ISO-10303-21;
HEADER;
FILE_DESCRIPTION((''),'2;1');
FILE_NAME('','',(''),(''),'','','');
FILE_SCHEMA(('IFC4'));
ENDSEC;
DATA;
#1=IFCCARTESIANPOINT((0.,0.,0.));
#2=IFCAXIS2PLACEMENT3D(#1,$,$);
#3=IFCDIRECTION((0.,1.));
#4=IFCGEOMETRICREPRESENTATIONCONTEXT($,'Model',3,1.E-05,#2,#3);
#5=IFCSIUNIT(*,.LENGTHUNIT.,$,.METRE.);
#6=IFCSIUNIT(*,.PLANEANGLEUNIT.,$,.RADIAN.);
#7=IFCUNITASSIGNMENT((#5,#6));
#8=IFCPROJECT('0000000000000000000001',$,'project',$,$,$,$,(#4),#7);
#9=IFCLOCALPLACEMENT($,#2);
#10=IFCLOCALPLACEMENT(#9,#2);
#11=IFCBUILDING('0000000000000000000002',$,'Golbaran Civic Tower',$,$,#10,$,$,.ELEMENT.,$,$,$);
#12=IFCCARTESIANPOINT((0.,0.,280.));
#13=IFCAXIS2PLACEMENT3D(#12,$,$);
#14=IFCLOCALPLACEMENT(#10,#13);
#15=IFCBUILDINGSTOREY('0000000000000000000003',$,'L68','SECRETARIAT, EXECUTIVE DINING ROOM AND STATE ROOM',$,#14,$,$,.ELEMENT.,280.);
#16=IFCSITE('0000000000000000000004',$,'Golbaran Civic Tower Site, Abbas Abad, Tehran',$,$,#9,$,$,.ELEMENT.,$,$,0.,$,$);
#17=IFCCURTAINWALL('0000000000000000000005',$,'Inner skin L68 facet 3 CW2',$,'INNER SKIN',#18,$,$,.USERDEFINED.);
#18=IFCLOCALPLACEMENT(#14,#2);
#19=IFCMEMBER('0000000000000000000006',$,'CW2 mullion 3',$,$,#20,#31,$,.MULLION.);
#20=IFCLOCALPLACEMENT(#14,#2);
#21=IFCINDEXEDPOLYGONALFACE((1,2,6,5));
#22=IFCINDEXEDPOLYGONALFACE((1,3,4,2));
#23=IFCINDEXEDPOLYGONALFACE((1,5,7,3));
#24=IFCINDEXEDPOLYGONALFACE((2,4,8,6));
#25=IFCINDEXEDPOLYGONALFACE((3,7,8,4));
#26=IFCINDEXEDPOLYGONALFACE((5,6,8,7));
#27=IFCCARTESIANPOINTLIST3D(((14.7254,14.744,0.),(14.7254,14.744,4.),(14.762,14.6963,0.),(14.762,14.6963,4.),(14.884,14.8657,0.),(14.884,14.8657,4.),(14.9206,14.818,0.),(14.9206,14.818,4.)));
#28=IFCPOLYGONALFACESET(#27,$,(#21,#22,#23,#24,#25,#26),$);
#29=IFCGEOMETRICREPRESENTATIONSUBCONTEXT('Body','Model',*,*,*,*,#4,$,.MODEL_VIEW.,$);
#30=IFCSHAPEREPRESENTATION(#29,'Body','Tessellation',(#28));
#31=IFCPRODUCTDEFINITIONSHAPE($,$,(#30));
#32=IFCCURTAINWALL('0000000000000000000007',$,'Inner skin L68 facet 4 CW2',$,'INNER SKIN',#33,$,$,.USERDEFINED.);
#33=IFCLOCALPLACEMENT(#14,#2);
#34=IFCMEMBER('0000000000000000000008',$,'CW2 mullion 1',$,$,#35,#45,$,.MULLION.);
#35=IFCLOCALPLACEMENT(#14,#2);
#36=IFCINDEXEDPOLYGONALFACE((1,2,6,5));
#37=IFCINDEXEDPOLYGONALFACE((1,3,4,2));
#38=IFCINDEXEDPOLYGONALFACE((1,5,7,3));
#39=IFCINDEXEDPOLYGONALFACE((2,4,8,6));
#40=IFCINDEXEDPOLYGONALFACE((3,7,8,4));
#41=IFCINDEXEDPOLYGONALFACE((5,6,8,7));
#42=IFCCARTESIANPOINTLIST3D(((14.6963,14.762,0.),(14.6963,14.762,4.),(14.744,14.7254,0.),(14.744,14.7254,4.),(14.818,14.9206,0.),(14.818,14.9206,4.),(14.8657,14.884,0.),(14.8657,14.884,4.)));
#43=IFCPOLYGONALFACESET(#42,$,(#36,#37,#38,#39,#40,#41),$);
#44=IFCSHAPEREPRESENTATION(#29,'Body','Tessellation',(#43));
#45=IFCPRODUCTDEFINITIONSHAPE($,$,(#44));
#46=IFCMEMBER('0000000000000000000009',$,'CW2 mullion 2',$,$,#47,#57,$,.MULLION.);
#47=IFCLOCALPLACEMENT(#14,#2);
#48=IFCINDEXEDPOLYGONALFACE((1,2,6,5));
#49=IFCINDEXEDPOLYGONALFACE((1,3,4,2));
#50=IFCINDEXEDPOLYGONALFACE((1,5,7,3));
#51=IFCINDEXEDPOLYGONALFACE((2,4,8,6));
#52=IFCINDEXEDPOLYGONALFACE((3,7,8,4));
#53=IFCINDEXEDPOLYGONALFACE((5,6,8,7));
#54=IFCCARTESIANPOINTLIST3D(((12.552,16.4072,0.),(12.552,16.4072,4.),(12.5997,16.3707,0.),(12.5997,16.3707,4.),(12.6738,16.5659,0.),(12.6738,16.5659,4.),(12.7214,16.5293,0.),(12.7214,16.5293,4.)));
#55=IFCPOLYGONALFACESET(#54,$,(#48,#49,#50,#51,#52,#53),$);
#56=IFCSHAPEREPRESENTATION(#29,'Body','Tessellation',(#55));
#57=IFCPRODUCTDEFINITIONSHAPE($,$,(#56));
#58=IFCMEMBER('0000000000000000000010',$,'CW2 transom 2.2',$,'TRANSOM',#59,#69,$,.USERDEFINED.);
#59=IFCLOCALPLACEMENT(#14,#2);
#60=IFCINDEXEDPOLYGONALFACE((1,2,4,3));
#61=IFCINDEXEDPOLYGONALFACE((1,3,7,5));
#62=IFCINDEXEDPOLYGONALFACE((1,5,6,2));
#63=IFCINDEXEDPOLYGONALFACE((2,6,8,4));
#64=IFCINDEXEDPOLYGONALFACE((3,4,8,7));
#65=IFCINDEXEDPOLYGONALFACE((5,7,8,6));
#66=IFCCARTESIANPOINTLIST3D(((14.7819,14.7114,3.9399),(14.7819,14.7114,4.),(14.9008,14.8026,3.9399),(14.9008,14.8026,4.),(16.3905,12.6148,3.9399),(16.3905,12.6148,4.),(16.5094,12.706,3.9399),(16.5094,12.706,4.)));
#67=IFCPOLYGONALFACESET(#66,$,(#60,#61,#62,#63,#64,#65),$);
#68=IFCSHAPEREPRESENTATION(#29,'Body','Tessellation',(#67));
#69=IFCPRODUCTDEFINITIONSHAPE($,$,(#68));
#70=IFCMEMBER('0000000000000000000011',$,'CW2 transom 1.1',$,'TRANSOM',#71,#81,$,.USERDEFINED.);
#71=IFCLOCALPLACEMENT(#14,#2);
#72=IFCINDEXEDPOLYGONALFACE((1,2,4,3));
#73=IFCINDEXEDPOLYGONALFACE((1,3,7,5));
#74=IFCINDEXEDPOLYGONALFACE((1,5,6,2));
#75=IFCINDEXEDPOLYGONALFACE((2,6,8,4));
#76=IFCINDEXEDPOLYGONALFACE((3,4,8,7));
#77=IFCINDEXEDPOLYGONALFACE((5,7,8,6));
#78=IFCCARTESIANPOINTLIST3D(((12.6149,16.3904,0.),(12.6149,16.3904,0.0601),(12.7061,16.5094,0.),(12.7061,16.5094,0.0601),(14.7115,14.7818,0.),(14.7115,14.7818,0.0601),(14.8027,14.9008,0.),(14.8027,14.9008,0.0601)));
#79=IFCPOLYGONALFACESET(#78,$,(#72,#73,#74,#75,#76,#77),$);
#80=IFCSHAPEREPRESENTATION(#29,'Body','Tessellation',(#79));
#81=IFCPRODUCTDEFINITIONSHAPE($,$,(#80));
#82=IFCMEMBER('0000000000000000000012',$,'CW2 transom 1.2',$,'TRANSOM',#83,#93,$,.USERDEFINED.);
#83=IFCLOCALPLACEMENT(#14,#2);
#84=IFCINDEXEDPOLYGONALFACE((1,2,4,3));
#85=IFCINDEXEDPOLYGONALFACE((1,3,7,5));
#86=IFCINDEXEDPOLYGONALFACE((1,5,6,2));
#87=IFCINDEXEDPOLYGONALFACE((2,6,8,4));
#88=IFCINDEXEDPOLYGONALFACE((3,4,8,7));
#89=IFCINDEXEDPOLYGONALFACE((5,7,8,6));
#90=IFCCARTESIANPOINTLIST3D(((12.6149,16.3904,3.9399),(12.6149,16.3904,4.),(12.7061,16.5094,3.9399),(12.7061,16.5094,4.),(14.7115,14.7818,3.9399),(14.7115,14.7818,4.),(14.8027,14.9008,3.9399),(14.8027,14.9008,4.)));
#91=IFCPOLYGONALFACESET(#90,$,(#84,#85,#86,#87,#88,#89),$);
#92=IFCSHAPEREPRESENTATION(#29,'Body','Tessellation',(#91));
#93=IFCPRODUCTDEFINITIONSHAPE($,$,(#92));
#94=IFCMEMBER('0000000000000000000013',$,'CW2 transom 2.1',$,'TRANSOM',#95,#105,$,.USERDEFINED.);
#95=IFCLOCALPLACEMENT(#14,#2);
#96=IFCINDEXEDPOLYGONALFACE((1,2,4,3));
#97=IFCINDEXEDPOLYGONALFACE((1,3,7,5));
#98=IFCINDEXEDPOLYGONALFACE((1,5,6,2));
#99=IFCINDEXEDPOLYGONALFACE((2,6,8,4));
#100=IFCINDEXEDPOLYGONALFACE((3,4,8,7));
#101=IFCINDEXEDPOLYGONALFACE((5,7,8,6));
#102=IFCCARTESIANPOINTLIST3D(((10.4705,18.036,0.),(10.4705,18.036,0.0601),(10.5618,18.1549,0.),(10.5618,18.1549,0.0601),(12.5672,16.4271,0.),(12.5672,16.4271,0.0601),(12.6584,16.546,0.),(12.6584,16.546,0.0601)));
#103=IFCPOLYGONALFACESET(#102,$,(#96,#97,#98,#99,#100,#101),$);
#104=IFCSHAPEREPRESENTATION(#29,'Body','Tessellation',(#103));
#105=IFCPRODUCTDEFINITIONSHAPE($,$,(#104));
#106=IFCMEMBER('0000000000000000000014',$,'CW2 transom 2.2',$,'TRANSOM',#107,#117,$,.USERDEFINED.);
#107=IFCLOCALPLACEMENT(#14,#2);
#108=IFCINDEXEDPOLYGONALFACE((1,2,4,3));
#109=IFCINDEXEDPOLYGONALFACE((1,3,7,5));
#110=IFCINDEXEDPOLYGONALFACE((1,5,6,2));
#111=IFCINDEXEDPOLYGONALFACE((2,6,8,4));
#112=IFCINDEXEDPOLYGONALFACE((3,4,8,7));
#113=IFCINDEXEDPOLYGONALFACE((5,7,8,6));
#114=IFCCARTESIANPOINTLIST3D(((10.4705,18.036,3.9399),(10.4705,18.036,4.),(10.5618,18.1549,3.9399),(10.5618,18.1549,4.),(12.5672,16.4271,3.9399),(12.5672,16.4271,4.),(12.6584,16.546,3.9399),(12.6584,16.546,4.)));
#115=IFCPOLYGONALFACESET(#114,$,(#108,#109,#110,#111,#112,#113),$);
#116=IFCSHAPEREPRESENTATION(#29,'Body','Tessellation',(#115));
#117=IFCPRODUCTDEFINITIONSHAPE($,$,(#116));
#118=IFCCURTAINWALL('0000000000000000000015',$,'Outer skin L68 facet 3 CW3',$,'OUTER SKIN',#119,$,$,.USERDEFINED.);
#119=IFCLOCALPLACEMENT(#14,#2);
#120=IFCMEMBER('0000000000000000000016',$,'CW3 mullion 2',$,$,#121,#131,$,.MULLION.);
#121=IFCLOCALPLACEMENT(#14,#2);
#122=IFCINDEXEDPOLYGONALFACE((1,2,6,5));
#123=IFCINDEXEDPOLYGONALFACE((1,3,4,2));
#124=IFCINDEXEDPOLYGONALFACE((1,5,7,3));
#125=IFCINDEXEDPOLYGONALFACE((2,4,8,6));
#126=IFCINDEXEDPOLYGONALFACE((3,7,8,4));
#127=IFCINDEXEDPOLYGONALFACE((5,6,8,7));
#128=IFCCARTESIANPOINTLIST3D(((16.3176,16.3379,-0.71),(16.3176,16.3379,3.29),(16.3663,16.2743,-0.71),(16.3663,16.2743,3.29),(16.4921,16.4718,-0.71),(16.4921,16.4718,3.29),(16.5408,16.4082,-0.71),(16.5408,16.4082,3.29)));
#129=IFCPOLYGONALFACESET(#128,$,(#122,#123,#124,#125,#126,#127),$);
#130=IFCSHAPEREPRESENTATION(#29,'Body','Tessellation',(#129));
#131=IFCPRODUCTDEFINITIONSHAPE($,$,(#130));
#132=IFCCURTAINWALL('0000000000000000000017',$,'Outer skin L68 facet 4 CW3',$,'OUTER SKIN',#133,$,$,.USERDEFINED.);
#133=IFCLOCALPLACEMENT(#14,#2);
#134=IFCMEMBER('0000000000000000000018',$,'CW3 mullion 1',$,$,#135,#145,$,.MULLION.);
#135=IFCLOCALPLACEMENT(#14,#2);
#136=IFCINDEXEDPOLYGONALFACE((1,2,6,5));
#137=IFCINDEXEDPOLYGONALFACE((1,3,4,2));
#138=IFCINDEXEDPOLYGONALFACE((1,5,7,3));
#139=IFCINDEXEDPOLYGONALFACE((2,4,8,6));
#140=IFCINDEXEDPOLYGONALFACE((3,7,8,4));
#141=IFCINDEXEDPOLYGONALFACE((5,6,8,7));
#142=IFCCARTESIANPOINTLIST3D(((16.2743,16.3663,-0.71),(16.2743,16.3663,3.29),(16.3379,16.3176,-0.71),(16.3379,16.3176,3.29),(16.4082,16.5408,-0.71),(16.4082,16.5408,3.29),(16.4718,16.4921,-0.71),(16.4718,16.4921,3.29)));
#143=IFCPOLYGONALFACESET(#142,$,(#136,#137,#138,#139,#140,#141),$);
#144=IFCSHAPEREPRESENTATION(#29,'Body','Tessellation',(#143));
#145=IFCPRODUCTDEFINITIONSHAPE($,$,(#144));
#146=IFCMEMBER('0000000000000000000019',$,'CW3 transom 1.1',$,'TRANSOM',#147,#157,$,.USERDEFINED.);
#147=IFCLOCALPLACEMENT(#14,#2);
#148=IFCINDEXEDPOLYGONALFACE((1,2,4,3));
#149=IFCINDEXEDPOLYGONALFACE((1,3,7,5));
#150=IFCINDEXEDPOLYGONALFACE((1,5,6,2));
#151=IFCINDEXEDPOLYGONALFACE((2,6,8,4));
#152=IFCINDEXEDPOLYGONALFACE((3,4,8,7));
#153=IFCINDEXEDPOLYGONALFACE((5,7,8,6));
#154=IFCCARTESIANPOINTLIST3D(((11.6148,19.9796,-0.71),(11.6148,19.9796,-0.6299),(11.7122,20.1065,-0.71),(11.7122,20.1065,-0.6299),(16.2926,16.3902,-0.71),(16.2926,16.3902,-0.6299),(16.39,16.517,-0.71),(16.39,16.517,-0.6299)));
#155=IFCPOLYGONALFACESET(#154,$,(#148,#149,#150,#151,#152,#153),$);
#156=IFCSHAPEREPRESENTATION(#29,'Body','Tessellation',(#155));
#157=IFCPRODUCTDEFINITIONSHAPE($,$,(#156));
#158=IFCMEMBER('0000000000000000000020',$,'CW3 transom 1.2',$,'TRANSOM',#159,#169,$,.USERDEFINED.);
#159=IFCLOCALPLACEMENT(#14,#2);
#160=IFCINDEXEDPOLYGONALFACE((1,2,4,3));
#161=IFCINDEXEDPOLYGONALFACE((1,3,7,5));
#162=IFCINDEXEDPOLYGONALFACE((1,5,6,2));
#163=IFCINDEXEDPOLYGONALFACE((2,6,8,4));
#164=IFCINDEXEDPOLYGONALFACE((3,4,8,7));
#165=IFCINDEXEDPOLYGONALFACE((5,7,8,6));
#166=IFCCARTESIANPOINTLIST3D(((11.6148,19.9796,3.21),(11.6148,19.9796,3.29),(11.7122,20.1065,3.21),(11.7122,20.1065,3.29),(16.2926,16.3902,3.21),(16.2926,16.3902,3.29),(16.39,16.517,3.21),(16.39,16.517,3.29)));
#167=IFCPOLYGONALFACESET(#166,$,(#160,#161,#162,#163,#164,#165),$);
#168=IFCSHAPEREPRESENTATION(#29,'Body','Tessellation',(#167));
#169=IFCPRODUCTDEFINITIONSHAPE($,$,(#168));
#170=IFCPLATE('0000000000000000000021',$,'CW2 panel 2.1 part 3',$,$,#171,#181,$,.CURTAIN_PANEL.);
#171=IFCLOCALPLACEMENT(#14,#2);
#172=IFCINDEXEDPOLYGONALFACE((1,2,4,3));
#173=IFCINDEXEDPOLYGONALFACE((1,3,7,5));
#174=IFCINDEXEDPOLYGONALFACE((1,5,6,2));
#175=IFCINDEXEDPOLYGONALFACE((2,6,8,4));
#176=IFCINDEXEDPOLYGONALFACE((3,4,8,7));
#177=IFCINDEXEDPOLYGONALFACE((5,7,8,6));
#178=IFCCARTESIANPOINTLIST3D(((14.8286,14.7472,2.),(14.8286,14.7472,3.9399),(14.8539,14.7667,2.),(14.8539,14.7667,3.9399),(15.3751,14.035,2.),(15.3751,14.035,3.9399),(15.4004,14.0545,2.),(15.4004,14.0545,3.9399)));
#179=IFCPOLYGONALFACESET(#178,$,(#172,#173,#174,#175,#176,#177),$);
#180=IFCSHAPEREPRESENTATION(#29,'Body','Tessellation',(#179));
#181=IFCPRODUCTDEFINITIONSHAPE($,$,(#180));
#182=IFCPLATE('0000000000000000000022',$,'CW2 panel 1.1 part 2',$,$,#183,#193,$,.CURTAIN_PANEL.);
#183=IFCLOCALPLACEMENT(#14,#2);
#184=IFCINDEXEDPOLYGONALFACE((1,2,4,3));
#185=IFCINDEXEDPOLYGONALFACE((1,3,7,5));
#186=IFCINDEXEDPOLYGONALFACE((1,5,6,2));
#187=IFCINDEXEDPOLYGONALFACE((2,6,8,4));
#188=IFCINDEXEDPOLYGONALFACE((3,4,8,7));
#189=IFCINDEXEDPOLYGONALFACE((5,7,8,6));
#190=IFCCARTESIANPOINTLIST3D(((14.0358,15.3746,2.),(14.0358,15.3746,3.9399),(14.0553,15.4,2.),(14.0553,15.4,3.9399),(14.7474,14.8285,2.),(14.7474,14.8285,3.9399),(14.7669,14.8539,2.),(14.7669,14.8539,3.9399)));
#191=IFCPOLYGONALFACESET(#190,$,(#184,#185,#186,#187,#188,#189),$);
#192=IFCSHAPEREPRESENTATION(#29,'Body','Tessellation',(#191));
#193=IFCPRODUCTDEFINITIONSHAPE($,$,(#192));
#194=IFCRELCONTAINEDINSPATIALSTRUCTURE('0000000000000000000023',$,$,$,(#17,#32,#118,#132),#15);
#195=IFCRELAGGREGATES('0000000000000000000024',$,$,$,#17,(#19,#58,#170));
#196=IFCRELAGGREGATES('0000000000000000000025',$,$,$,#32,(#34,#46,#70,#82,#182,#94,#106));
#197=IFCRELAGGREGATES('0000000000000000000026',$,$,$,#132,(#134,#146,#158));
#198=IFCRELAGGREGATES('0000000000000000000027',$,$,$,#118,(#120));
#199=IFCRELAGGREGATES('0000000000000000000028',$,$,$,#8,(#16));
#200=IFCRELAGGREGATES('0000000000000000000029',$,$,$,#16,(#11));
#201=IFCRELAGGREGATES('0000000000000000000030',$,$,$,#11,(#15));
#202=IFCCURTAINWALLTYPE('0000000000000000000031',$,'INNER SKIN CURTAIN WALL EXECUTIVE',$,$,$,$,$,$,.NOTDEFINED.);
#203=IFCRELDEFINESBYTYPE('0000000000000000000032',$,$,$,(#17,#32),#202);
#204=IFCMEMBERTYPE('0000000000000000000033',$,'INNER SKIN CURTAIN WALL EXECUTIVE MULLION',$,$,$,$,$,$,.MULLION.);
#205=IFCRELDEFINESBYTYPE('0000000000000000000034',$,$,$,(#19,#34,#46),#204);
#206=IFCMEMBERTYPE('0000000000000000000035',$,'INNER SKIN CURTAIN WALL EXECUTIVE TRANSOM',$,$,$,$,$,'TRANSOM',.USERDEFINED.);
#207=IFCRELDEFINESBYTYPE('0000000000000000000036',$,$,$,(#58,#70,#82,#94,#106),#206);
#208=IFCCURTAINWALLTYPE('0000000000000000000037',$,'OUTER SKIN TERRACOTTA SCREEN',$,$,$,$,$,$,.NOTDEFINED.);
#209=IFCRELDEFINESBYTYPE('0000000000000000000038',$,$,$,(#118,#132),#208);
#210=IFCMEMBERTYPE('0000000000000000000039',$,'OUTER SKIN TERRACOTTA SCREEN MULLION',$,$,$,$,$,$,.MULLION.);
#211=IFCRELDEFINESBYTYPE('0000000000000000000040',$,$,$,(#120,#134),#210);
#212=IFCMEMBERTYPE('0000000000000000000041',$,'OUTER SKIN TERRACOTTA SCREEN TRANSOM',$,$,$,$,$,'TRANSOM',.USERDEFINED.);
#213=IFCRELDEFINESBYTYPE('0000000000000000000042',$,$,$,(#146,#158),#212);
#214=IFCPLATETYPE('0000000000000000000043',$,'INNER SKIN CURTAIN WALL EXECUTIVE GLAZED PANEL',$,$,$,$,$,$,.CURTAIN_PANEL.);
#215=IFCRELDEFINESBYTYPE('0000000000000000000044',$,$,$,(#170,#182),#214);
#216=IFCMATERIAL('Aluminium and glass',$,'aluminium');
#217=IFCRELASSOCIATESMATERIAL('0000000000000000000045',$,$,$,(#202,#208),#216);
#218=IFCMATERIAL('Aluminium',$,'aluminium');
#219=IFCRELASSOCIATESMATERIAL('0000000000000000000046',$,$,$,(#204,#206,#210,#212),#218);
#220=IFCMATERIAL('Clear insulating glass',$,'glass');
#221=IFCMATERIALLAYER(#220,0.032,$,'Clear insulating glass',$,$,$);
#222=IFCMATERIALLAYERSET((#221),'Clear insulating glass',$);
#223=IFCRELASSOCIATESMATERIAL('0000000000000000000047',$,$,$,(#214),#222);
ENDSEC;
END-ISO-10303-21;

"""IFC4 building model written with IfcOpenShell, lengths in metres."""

from ifc_helpers import new_model, si_unit, direction, frame, origin, origin_2d, place, context, subcontext, project, spatial, rectangle, extrude, material, layer, layer_set, material_profile, profile_set, type_object, element, aggregate, save


model = new_model("IFC4")

# Units and contexts
model_context = context("Model", 3, precision=1e-05, world=origin(), true_north=direction((0.0, 1.0)))
body_context = subcontext(model_context, "Body", "Model", "MODEL_VIEW")
ifc_project = project(units=[si_unit("LENGTHUNIT", "METRE"), si_unit("PLANEANGLEUNIT", "RADIAN")], contexts=[model_context])

# Site, building, storey
site_placement = place(None, origin())
site = spatial("IfcSite", under=ifc_project, at=site_placement, Name="Golbaran Civic Tower Site, Abbas Abad, Tehran", CompositionType="ELEMENT", RefElevation=0.0)
building_placement = place(site_placement, origin())
building = spatial("IfcBuilding", under=site, at=building_placement, Name="Golbaran Civic Tower", CompositionType="ELEMENT")
storey_placement = place(building_placement, frame((0.0, 0.0, 280.0)))
storey = spatial("IfcBuildingStorey", under=building, at=storey_placement, Name="L68", Description="SECRETARIAT, EXECUTIVE DINING ROOM AND STATE ROOM", CompositionType="ELEMENT", Elevation=280.0)

# Curtain wall, member
ifc_material_1 = material(Name="Aluminium and glass", Category="aluminium")
curtain_wall_type_1 = type_object("IfcCurtainWallType", Name="INNER SKIN CURTAIN WALL EXECUTIVE", PredefinedType="NOTDEFINED", material=ifc_material_1)
curtain_wall_1_placement = place(storey_placement, origin())
curtain_wall_1 = element("IfcCurtainWall", 1, at=curtain_wall_1_placement, inside=storey, type_object=curtain_wall_type_1, Name="Inner skin L68 facet 3 CW2", ObjectType="INNER SKIN", PredefinedType="USERDEFINED")
ifc_material_2 = material(Name="Aluminium", Category="aluminium")
ifc_material_profile_1 = material_profile(ifc_material_2, rectangle(XDim=0.2, YDim=0.0601, at=origin_2d()), Name="INNER SKIN CURTAIN WALL EXECUTIVE MULLION")
ifc_profile_set_1 = profile_set([ifc_material_profile_1], Name="Aluminium")
member_type_1 = type_object("IfcMemberType", Name="INNER SKIN CURTAIN WALL EXECUTIVE MULLION", PredefinedType="MULLION", material=ifc_profile_set_1)
member_1_placement = place(storey_placement, frame((14.823, 14.781, 0.0), z_axis=(0.0, 0.0, 1.0), x_axis=(-0.793353, -0.608761, 0.0)))
member_1 = element("IfcMember", 2, at=member_1_placement, type_object=member_type_1, Name="CW2 mullion 3", PredefinedType="MULLION", context=body_context, shape_type="SweptSolid", body=[
    extrude(rectangle(XDim=0.2, YDim=0.0601, at=origin_2d()), origin(), (0.0, 0.0, 1.0), 4.0),
])

# Curtain wall, members
curtain_wall_2_placement = place(storey_placement, origin())
curtain_wall_2 = element("IfcCurtainWall", 3, at=curtain_wall_2_placement, inside=storey, type_object=curtain_wall_type_1, Name="Inner skin L68 facet 4 CW2", ObjectType="INNER SKIN", PredefinedType="USERDEFINED")
member_2_placement = place(storey_placement, frame((14.781, 14.823, 0.0), z_axis=(0.0, 0.0, 1.0), x_axis=(-0.608761, -0.793353, 0.0)))
member_2 = element("IfcMember", 4, at=member_2_placement, type_object=member_type_1, Name="CW2 mullion 1", PredefinedType="MULLION", context=body_context, shape_type="SweptSolid", body=[
    extrude(rectangle(XDim=0.2, YDim=0.0601, at=origin_2d()), origin(), (0.0, 0.0, 1.0), 4.0),
])
member_3_placement = place(storey_placement, frame((12.6367, 16.4683, 0.0), z_axis=(0.0, 0.0, 1.0), x_axis=(-0.608761, -0.793353, 0.0)))
member_3 = element("IfcMember", 5, at=member_3_placement, type_object=member_type_1, Name="CW2 mullion 2", PredefinedType="MULLION", context=body_context, shape_type="SweptSolid", body=[
    extrude(rectangle(XDim=0.2, YDim=0.0601, at=origin_2d()), origin(), (0.0, 0.0, 1.0), 4.0),
])

# Members
ifc_material_profile_2 = material_profile(ifc_material_2, rectangle(XDim=0.1499, YDim=0.0601, at=origin_2d()), Name="INNER SKIN CURTAIN WALL EXECUTIVE TRANSOM")
ifc_profile_set_2 = profile_set([ifc_material_profile_2], Name="Aluminium")
member_type_2 = type_object("IfcMemberType", Name="INNER SKIN CURTAIN WALL EXECUTIVE TRANSOM", ElementType="TRANSOM", PredefinedType="USERDEFINED", material=ifc_profile_set_2)
member_4_placement = place(storey_placement, frame((16.45, 12.6604, 3.97), z_axis=(-0.608715, 0.793389, 0.0), x_axis=(-0.793389, -0.608715, 0.0)))
member_4 = element("IfcMember", 6, at=member_4_placement, type_object=member_type_2, Name="CW2 transom 2.2", ObjectType="TRANSOM", PredefinedType="USERDEFINED", context=body_context, shape_type="SweptSolid", body=[
    extrude(rectangle(XDim=0.1499, YDim=0.0601, at=origin_2d()), origin(), (0.0, 0.0, 1.0), 2.6426),
])
member_5_placement = place(storey_placement, frame((14.7571, 14.8413, 0.03), z_axis=(-0.793389, 0.608715, 0.0), x_axis=(-0.608715, -0.793389, 0.0)))
member_5 = element("IfcMember", 7, at=member_5_placement, type_object=member_type_2, Name="CW2 transom 1.1", ObjectType="TRANSOM", PredefinedType="USERDEFINED", context=body_context, shape_type="SweptSolid", body=[
    extrude(rectangle(XDim=0.1499, YDim=0.0601, at=origin_2d()), origin(), (0.0, 0.0, 1.0), 2.6426),
])
member_6_placement = place(storey_placement, frame((14.7571, 14.8413, 3.97), z_axis=(-0.793389, 0.608715, 0.0), x_axis=(-0.608715, -0.793389, 0.0)))
member_6 = element("IfcMember", 8, at=member_6_placement, type_object=member_type_2, Name="CW2 transom 1.2", ObjectType="TRANSOM", PredefinedType="USERDEFINED", context=body_context, shape_type="SweptSolid", body=[
    extrude(rectangle(XDim=0.1499, YDim=0.0601, at=origin_2d()), origin(), (0.0, 0.0, 1.0), 2.6426),
])
member_7_placement = place(storey_placement, frame((12.6128, 16.4866, 0.03), z_axis=(-0.793345, 0.608773, 0.0), x_axis=(-0.608773, -0.793345, 0.0)))
member_7 = element("IfcMember", 9, at=member_7_placement, type_object=member_type_2, Name="CW2 transom 2.1", ObjectType="TRANSOM", PredefinedType="USERDEFINED", context=body_context, shape_type="SweptSolid", body=[
    extrude(rectangle(XDim=0.1499, YDim=0.0601, at=origin_2d()), origin(), (0.0, 0.0, 1.0), 2.6428),
])
member_8_placement = place(storey_placement, frame((12.6128, 16.4866, 3.97), z_axis=(-0.793345, 0.608773, 0.0), x_axis=(-0.608773, -0.793345, 0.0)))
member_8 = element("IfcMember", 10, at=member_8_placement, type_object=member_type_2, Name="CW2 transom 2.2", ObjectType="TRANSOM", PredefinedType="USERDEFINED", context=body_context, shape_type="SweptSolid", body=[
    extrude(rectangle(XDim=0.1499, YDim=0.0601, at=origin_2d()), origin(), (0.0, 0.0, 1.0), 2.6428),
])

# Curtain wall, member
curtain_wall_type_2 = type_object("IfcCurtainWallType", Name="OUTER SKIN TERRACOTTA SCREEN", PredefinedType="NOTDEFINED", material=ifc_material_1)
curtain_wall_3_placement = place(storey_placement, origin())
curtain_wall_3 = element("IfcCurtainWall", 11, at=curtain_wall_3_placement, inside=storey, type_object=curtain_wall_type_2, Name="Outer skin L68 facet 3 CW3", ObjectType="OUTER SKIN", PredefinedType="USERDEFINED")
ifc_material_profile_3 = material_profile(ifc_material_2, rectangle(XDim=0.22, YDim=0.0801, at=origin_2d()), Name="OUTER SKIN TERRACOTTA SCREEN MULLION")
ifc_profile_set_3 = profile_set([ifc_material_profile_3], Name="Aluminium")
member_type_3 = type_object("IfcMemberType", Name="OUTER SKIN TERRACOTTA SCREEN MULLION", PredefinedType="MULLION", material=ifc_profile_set_3)
member_9_placement = place(storey_placement, frame((16.4292, 16.373, -0.71), z_axis=(0.0, 0.0, 1.0), x_axis=(-0.793353, -0.608761, 0.0)))
member_9 = element("IfcMember", 12, at=member_9_placement, type_object=member_type_3, Name="CW3 mullion 2", PredefinedType="MULLION", context=body_context, shape_type="SweptSolid", body=[
    extrude(rectangle(XDim=0.22, YDim=0.0801, at=origin_2d()), origin(), (0.0, 0.0, 1.0), 4.0),
])

# Curtain wall, members
curtain_wall_4_placement = place(storey_placement, origin())
curtain_wall_4 = element("IfcCurtainWall", 13, at=curtain_wall_4_placement, inside=storey, type_object=curtain_wall_type_2, Name="Outer skin L68 facet 4 CW3", ObjectType="OUTER SKIN", PredefinedType="USERDEFINED")
member_10_placement = place(storey_placement, frame((16.373, 16.4292, -0.71), z_axis=(0.0, 0.0, 1.0), x_axis=(-0.608761, -0.793353, 0.0)))
member_10 = element("IfcMember", 14, at=member_10_placement, type_object=member_type_3, Name="CW3 mullion 1", PredefinedType="MULLION", context=body_context, shape_type="SweptSolid", body=[
    extrude(rectangle(XDim=0.22, YDim=0.0801, at=origin_2d()), origin(), (0.0, 0.0, 1.0), 4.0),
])
ifc_material_profile_4 = material_profile(ifc_material_2, rectangle(XDim=0.1599, YDim=0.0801, at=origin_2d()), Name="OUTER SKIN TERRACOTTA SCREEN TRANSOM")
ifc_profile_set_4 = profile_set([ifc_material_profile_4], Name="Aluminium")
member_type_4 = type_object("IfcMemberType", Name="OUTER SKIN TERRACOTTA SCREEN TRANSOM", ElementType="TRANSOM", PredefinedType="USERDEFINED", material=ifc_profile_set_4)
member_11_placement = place(storey_placement, frame((16.3413, 16.4536, -0.6699), z_axis=(-0.793353, 0.608762, 0.0), x_axis=(-0.608762, -0.793353, 0.0)))
member_11 = element("IfcMember", 15, at=member_11_placement, type_object=member_type_4, Name="CW3 transom 1.1", ObjectType="TRANSOM", PredefinedType="USERDEFINED", context=body_context, shape_type="SweptSolid", body=[
    extrude(rectangle(XDim=0.1599, YDim=0.0801, at=origin_2d()), origin(), (0.0, 0.0, 1.0), 5.8962),
])
member_12_placement = place(storey_placement, frame((16.3413, 16.4536, 3.25), z_axis=(-0.793353, 0.608762, 0.0), x_axis=(-0.608762, -0.793353, 0.0)))
member_12 = element("IfcMember", 16, at=member_12_placement, type_object=member_type_4, Name="CW3 transom 1.2", ObjectType="TRANSOM", PredefinedType="USERDEFINED", context=body_context, shape_type="SweptSolid", body=[
    extrude(rectangle(XDim=0.1599, YDim=0.0801, at=origin_2d()), origin(), (0.0, 0.0, 1.0), 5.8962),
])

# Plates
ifc_material_3 = material(Name="Clear insulating glass", Category="glass")
ifc_layer_1 = layer(ifc_material_3, 0.032, Name="Clear insulating glass")
ifc_layer_set_1 = layer_set([ifc_layer_1], Name="Clear insulating glass")
plate_type_1 = type_object("IfcPlateType", Name="INNER SKIN CURTAIN WALL EXECUTIVE GLAZED PANEL", PredefinedType="CURTAIN_PANEL", material=ifc_layer_set_1)
plate_1_placement = place(storey_placement, frame((15.1145, 14.4009, 2.0), z_axis=(0.0, 0.0, 1.0), x_axis=(-0.608761, 0.793353, 0.0)))
plate_1 = element("IfcPlate", 17, at=plate_1_placement, type_object=plate_type_1, Name="CW2 panel 2.1 part 3", PredefinedType="CURTAIN_PANEL", context=body_context, shape_type="SweptSolid", body=[
    extrude(rectangle(XDim=0.8977, YDim=0.032, at=origin_2d()), origin(), (0.0, 0.0, 1.0), 1.9399),
])
plate_2_placement = place(storey_placement, frame((14.4014, 15.1143, 2.0), z_axis=(0.0, 0.0, 1.0), x_axis=(-0.793353, 0.608761, 0.0)))
plate_2 = element("IfcPlate", 18, at=plate_2_placement, type_object=plate_type_1, Name="CW2 panel 1.1 part 2", PredefinedType="CURTAIN_PANEL", context=body_context, shape_type="SweptSolid", body=[
    extrude(rectangle(XDim=0.897, YDim=0.032, at=origin_2d()), origin(), (0.0, 0.0, 1.0), 1.9399),
])
aggregate(curtain_wall_1, [member_1, member_4, plate_1])
aggregate(curtain_wall_2, [member_2, member_3, member_5, member_6, plate_2, member_7, member_8])
aggregate(curtain_wall_4, [member_10, member_11, member_12])
aggregate(curtain_wall_3, [member_9])

save(model, "model.ifc")
